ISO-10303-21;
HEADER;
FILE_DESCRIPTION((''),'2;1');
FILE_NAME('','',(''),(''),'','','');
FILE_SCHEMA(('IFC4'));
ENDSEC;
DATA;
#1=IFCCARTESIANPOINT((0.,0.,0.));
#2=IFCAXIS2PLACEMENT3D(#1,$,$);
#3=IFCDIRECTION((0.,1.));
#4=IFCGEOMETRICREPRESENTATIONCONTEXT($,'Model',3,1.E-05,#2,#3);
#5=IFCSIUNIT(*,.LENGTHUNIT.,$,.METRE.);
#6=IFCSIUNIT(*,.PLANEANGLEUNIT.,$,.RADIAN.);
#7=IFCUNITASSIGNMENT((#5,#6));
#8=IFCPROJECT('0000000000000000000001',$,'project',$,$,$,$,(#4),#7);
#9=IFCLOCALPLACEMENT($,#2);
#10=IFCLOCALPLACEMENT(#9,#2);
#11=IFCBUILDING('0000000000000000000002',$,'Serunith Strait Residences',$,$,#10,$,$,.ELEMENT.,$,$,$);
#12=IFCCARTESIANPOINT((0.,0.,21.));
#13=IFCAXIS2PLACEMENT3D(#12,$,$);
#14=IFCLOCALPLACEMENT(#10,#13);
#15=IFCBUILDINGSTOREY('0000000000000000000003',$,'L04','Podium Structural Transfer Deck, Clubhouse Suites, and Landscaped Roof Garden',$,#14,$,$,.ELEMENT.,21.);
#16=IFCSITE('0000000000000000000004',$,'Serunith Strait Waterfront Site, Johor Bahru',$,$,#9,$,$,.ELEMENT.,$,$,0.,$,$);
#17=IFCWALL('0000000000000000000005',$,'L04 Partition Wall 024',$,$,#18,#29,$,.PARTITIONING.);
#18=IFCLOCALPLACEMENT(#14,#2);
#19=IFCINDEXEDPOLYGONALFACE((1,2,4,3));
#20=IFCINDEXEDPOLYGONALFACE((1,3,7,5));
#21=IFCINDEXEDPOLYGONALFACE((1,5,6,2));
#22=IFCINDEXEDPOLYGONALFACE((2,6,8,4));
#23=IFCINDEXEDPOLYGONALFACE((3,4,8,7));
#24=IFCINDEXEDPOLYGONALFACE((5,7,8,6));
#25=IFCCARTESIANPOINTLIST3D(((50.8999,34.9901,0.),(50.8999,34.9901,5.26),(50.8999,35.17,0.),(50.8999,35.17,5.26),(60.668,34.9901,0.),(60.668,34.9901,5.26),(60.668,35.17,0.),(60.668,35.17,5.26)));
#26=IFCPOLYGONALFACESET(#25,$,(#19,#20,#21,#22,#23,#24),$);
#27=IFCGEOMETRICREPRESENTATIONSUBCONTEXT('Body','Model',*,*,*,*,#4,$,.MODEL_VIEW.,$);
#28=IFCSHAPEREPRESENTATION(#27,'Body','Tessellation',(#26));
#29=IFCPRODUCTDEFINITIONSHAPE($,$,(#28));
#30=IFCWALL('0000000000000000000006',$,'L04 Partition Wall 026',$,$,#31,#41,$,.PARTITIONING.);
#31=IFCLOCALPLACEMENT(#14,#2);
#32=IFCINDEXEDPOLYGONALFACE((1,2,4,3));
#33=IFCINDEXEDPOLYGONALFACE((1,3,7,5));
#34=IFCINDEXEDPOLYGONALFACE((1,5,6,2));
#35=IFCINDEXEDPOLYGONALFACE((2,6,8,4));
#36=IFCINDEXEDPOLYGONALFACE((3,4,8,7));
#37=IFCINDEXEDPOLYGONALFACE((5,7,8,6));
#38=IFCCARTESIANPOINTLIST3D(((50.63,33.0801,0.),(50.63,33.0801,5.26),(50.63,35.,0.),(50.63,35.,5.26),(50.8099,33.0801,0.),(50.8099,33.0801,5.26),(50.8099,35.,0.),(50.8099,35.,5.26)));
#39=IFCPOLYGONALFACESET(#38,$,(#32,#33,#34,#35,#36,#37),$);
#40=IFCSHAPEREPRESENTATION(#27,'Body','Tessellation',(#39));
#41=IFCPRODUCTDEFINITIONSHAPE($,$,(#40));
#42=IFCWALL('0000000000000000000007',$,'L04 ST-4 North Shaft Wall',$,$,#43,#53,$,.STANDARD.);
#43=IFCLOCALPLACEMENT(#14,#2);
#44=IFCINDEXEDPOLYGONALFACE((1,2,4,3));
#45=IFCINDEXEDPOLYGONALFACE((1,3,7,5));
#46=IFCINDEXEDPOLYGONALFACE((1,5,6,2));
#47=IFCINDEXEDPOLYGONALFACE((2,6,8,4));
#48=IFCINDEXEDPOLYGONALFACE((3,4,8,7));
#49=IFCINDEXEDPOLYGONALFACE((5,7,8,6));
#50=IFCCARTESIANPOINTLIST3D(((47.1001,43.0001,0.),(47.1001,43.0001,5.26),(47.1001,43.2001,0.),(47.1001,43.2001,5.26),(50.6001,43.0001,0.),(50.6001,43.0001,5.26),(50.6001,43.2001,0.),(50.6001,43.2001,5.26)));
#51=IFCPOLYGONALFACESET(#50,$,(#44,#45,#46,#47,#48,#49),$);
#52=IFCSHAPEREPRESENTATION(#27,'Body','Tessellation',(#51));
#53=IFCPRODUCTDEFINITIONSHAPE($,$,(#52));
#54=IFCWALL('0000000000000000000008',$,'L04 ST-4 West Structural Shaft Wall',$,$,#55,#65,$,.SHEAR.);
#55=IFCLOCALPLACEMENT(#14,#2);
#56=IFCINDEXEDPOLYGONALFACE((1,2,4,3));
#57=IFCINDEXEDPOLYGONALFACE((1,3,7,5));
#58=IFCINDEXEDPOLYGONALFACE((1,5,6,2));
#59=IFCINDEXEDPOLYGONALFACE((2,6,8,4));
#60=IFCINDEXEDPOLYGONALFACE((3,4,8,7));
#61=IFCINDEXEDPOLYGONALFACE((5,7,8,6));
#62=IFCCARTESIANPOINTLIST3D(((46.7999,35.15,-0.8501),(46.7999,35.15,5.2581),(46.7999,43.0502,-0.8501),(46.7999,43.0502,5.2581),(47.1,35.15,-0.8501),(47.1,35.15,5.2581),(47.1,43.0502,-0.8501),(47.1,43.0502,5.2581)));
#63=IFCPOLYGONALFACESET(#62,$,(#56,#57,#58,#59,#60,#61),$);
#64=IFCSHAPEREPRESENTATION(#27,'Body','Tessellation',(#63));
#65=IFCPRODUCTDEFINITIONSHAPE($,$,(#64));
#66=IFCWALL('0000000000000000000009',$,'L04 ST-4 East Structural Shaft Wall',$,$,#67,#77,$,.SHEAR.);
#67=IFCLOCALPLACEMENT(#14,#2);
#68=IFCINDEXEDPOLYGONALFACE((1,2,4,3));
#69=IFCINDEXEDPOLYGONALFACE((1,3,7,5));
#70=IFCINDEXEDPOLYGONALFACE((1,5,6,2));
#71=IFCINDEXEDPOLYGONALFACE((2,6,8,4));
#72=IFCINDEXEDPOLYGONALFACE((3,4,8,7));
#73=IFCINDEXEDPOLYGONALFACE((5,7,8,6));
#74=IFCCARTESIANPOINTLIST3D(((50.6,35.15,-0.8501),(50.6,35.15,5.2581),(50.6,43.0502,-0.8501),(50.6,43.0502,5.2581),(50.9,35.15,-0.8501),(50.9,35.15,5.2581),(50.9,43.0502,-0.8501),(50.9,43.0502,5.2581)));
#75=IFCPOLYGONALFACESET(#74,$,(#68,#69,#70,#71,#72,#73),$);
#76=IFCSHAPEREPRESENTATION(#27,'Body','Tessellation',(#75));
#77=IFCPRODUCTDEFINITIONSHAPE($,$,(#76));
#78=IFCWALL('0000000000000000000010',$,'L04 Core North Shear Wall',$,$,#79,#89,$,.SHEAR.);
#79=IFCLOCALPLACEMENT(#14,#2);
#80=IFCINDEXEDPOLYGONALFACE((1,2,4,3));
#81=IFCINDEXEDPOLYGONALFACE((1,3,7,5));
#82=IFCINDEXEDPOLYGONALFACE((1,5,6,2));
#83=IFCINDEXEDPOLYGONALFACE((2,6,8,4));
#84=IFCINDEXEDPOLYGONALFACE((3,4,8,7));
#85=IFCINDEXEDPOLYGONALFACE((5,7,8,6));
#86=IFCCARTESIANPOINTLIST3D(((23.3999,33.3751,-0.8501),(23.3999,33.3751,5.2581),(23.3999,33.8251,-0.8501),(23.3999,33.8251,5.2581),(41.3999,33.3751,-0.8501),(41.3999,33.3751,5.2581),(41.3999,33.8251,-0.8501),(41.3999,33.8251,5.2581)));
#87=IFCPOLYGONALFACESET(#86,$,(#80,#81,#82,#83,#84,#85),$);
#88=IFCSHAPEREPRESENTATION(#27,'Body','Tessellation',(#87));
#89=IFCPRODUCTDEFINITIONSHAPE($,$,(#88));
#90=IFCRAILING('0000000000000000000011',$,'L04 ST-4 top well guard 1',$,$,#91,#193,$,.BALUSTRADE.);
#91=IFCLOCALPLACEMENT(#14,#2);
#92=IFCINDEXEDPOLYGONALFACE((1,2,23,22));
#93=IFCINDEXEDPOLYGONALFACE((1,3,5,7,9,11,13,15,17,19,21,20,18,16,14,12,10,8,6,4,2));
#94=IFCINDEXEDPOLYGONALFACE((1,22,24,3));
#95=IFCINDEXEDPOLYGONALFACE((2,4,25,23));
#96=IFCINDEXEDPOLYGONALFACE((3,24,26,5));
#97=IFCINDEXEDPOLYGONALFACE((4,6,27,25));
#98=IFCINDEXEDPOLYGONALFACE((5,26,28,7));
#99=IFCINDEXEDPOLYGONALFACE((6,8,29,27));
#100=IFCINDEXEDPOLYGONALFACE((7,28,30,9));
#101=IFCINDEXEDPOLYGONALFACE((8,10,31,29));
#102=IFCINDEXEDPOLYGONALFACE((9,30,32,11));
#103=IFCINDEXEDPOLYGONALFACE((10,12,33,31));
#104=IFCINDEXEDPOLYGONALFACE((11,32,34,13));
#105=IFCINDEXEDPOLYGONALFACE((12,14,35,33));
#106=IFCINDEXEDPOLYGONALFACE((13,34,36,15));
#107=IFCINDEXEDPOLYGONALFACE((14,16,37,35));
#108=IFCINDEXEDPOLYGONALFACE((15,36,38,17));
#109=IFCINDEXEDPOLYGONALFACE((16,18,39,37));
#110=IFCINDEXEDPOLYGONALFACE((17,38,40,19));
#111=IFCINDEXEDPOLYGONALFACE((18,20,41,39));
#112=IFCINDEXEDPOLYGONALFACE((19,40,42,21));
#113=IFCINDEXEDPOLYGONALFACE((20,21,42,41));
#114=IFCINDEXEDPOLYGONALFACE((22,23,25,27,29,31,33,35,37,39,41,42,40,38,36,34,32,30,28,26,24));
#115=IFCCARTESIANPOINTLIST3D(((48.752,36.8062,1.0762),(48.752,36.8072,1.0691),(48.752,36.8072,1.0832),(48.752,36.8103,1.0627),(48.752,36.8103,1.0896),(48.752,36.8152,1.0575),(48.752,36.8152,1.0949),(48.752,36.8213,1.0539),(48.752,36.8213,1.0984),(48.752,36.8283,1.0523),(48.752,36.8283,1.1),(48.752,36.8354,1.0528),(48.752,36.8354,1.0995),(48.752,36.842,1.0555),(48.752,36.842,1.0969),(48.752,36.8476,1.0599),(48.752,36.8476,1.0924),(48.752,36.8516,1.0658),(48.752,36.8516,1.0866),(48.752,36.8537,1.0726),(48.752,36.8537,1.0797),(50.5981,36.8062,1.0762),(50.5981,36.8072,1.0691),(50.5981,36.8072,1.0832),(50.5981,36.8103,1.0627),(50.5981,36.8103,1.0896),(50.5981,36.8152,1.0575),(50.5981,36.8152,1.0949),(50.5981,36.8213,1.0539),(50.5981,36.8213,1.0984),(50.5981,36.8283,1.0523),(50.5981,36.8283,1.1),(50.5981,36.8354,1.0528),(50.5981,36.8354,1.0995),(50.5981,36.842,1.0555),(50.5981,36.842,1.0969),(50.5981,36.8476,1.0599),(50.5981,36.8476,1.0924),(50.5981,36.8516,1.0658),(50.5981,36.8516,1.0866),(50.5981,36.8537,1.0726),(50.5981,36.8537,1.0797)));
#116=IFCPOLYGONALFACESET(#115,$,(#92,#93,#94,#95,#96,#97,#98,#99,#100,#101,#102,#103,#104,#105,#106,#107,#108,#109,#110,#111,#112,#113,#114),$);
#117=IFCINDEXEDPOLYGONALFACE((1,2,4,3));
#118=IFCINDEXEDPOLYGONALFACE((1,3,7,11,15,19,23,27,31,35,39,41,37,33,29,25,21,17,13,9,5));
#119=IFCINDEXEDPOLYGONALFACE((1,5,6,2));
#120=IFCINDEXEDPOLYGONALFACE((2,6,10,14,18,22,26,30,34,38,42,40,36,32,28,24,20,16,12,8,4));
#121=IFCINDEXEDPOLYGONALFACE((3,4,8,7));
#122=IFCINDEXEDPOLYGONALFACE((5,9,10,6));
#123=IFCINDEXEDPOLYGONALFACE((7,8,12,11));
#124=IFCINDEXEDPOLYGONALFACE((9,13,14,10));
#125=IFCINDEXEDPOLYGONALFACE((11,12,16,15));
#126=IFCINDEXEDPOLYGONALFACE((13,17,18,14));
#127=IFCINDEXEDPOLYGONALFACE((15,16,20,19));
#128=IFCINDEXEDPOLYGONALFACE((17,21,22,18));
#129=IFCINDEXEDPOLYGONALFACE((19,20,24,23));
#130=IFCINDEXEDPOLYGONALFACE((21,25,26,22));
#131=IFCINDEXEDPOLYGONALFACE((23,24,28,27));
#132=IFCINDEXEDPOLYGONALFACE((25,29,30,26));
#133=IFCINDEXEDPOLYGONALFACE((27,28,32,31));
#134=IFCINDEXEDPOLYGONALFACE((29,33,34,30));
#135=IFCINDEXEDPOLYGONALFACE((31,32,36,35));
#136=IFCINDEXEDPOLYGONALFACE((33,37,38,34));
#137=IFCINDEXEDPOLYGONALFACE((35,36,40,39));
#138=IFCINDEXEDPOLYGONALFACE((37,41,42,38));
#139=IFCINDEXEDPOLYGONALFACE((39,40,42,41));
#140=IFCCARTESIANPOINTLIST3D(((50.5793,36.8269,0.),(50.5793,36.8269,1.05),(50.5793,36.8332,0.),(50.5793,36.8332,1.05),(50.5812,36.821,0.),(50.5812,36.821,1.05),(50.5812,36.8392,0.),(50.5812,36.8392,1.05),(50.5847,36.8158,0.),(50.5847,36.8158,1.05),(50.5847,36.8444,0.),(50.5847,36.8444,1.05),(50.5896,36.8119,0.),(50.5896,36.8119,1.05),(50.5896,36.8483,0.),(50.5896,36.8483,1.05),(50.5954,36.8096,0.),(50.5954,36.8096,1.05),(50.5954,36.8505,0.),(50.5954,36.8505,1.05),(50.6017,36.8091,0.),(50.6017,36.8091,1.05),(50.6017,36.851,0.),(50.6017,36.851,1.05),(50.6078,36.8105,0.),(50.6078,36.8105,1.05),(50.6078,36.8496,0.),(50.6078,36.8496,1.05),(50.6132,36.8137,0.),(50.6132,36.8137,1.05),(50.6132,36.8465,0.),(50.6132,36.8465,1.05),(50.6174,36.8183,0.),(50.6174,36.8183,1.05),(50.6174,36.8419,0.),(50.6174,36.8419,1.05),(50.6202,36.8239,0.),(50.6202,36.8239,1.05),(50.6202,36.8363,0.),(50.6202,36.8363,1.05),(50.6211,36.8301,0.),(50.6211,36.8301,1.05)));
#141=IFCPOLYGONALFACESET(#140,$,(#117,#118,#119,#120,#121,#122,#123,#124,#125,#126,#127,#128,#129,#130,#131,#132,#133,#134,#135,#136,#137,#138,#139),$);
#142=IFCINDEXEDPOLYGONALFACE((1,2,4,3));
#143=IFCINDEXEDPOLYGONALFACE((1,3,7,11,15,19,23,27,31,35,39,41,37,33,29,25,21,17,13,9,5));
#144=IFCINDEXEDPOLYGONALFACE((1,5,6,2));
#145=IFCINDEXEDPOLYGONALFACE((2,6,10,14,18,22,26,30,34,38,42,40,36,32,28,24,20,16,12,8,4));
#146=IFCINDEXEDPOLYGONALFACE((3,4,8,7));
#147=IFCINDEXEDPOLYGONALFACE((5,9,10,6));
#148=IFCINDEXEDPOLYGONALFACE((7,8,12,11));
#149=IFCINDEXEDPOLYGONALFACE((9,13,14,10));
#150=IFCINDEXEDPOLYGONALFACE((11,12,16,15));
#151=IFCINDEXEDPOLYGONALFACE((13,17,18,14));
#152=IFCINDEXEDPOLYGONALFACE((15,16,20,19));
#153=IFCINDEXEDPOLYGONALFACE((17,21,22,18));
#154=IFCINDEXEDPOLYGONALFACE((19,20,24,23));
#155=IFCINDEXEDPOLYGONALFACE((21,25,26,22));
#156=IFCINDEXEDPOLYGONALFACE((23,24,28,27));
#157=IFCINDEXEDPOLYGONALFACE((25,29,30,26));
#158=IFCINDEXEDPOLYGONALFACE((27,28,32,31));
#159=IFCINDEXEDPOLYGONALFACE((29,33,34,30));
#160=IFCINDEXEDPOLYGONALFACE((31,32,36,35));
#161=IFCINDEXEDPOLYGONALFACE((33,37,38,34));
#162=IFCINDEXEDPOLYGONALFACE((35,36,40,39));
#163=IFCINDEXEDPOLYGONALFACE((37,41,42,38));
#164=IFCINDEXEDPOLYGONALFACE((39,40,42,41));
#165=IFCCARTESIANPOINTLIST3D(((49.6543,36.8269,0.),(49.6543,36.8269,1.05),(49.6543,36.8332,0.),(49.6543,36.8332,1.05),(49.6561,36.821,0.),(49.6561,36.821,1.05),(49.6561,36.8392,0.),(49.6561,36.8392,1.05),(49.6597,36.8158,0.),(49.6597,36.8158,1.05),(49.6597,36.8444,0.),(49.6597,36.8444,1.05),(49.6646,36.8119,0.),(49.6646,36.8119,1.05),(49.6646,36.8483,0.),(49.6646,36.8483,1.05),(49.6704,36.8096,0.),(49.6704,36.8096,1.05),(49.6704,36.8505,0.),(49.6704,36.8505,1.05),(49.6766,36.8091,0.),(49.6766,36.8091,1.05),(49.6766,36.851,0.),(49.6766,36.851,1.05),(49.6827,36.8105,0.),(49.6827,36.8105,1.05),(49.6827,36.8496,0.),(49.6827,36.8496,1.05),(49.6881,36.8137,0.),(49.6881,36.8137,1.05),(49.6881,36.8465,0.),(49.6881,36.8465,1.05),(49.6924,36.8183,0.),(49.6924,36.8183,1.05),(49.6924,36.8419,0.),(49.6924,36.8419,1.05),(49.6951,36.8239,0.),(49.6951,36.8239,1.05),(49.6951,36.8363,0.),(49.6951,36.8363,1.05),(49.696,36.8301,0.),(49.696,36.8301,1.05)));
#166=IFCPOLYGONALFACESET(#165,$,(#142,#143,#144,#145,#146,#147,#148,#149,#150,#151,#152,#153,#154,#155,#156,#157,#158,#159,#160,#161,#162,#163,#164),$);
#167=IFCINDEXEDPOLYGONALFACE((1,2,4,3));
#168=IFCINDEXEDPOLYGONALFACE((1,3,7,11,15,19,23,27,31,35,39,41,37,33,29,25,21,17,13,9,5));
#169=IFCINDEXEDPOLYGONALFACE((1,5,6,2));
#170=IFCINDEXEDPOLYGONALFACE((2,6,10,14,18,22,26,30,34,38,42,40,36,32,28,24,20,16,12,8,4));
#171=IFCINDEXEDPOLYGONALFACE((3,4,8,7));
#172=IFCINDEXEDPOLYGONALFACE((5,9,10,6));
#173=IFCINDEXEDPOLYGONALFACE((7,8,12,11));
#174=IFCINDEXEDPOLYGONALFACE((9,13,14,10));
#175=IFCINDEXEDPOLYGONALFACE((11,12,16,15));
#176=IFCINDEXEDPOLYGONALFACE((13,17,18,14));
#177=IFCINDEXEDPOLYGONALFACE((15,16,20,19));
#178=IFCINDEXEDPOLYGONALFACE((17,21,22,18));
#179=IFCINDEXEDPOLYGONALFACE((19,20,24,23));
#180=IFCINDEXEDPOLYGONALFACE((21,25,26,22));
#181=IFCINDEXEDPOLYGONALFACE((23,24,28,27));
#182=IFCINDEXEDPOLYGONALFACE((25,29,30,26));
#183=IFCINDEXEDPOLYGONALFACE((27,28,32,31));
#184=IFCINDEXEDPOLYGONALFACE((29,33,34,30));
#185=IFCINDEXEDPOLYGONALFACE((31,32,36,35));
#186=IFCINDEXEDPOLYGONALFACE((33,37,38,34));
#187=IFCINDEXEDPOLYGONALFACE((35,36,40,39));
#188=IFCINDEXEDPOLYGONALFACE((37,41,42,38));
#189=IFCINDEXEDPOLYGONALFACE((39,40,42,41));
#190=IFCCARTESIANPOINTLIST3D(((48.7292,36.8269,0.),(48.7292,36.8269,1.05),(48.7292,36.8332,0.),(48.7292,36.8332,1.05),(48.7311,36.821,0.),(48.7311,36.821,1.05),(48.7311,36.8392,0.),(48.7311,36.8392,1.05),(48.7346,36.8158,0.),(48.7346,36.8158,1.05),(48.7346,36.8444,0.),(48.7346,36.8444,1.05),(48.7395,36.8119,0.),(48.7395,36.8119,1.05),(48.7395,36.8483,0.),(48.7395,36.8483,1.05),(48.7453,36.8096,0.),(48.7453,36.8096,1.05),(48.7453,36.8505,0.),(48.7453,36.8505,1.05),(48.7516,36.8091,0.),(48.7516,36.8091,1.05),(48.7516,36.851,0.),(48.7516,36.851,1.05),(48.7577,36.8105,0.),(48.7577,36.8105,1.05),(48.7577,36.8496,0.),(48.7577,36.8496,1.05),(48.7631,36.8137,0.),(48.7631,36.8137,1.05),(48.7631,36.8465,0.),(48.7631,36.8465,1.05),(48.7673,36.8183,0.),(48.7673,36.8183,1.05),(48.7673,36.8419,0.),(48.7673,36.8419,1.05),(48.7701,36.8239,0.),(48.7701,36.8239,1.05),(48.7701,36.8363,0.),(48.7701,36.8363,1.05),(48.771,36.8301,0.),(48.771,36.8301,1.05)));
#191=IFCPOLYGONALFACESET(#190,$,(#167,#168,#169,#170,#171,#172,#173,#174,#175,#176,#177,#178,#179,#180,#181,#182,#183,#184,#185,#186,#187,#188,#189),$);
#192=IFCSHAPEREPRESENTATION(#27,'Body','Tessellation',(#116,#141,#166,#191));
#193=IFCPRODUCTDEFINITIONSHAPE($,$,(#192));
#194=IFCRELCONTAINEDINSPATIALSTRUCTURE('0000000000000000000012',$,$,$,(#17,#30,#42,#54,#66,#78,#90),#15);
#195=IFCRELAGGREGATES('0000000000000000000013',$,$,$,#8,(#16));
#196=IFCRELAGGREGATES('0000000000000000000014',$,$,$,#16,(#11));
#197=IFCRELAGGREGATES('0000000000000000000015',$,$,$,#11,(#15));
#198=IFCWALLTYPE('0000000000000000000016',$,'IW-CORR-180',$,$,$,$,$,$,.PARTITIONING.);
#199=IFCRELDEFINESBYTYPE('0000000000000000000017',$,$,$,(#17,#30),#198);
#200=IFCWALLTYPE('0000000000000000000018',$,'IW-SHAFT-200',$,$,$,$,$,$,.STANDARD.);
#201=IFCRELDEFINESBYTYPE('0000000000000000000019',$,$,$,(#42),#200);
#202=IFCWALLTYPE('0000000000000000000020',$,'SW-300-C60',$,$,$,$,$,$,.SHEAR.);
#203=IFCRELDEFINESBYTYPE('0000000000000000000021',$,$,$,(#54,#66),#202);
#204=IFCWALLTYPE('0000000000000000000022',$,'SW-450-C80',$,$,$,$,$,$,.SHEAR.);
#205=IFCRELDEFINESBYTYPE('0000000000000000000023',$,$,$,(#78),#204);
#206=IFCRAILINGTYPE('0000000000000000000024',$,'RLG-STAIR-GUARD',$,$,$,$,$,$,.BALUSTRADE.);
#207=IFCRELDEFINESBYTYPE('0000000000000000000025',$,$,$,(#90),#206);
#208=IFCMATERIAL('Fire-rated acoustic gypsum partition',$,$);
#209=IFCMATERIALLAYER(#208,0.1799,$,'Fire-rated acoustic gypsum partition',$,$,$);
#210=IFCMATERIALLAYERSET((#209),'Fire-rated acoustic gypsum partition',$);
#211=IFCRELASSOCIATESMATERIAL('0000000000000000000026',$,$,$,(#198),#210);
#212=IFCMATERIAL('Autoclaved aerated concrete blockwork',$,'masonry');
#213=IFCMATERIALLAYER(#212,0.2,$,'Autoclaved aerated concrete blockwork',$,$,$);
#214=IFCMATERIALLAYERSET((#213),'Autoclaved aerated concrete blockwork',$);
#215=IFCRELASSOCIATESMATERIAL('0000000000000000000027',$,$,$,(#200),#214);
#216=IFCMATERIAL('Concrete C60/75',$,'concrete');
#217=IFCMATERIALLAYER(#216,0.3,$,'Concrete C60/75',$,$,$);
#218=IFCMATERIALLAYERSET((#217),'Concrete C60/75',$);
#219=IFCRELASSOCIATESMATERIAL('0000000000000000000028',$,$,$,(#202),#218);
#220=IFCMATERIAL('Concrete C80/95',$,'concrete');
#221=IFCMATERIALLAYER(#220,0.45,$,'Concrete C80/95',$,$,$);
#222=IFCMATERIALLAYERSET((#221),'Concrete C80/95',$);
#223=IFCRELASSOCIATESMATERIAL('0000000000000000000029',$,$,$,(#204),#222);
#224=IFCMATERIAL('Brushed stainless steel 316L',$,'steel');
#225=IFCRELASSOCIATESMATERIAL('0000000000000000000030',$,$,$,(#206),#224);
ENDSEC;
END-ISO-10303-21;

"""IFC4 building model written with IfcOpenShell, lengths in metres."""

from ifc_helpers import new_model, si_unit, direction, frame, frame_2d, origin, origin_2d, place, context, subcontext, project, spatial, rectangle, circle, extrude, material, layer, layer_set, type_object, element, save


model = new_model("IFC4")

# Units and contexts
model_context = context("Model", 3, precision=1e-05, world=origin(), true_north=direction((0.0, 1.0)))
body_context = subcontext(model_context, "Body", "Model", "MODEL_VIEW")
ifc_project = project(units=[si_unit("LENGTHUNIT", "METRE"), si_unit("PLANEANGLEUNIT", "RADIAN")], contexts=[model_context])

# Site, building, storey
site_placement = place(None, origin())
site = spatial("IfcSite", under=ifc_project, at=site_placement, Name="Serunith Strait Waterfront Site, Johor Bahru", CompositionType="ELEMENT", RefElevation=0.0)
building_placement = place(site_placement, origin())
building = spatial("IfcBuilding", under=site, at=building_placement, Name="Serunith Strait Residences", CompositionType="ELEMENT")
storey_placement = place(building_placement, frame((0.0, 0.0, 21.0)))
storey = spatial("IfcBuildingStorey", under=building, at=storey_placement, Name="L04", Description="Podium Structural Transfer Deck, Clubhouse Suites, and Landscaped Roof Garden", CompositionType="ELEMENT", Elevation=21.0)

# Shared definitions
ifc_material_1 = material(Name="Concrete C80/95", Category="concrete")

# Walls
ifc_material_2 = material(Name="Fire-rated acoustic gypsum partition")
ifc_layer_1 = layer(ifc_material_2, 0.1799, Name="Fire-rated acoustic gypsum partition")
ifc_layer_set_1 = layer_set([ifc_layer_1], Name="Fire-rated acoustic gypsum partition")
wall_type_1 = type_object("IfcWallType", Name="IW-CORR-180", PredefinedType="PARTITIONING", material=ifc_layer_set_1)
wall_1_placement = place(storey_placement, frame((50.8999, 35.0801, 0.0), z_axis=(0.0, 0.0, 1.0), x_axis=(1.0, 0.0, 0.0)))
element("IfcWall", 1, at=wall_1_placement, inside=storey, type_object=wall_type_1, Name="L04 Partition Wall 024", PredefinedType="PARTITIONING", context=body_context, shape_type="SweptSolid", body=[
    extrude(rectangle(XDim=9.7681, YDim=0.1799, at=frame_2d((4.884, 0.0))), origin(), (0.0, 0.0, 1.0), 5.26),
])
wall_2_placement = place(storey_placement, frame((50.72, 33.0801, 0.0), z_axis=(0.0, 0.0, 1.0), x_axis=(0.0, 1.0, 0.0)))
element("IfcWall", 2, at=wall_2_placement, inside=storey, type_object=wall_type_1, Name="L04 Partition Wall 026", PredefinedType="PARTITIONING", context=body_context, shape_type="SweptSolid", body=[
    extrude(rectangle(XDim=1.9199, YDim=0.1799, at=frame_2d((0.96, 0.0))), origin(), (0.0, 0.0, 1.0), 5.26),
])

# Shared definitions
ifc_material_3 = material(Name="Autoclaved aerated concrete blockwork", Category="masonry")
ifc_layer_2 = layer(ifc_material_3, 0.2, Name="Autoclaved aerated concrete blockwork")
ifc_layer_set_2 = layer_set([ifc_layer_2], Name="Autoclaved aerated concrete blockwork")
wall_type_2 = type_object("IfcWallType", Name="IW-SHAFT-200", PredefinedType="STANDARD", material=ifc_layer_set_2)

# Walls
wall_3_placement = place(storey_placement, frame((47.1001, 43.1001, 0.0), z_axis=(0.0, 0.0, 1.0), x_axis=(1.0, 0.0, 0.0)))
element("IfcWall", 3, at=wall_3_placement, inside=storey, type_object=wall_type_2, Name="L04 ST-4 North Shaft Wall", PredefinedType="STANDARD", context=body_context, shape_type="SweptSolid", body=[
    extrude(rectangle(XDim=3.5, YDim=0.2, at=frame_2d((1.75, 0.0))), origin(), (0.0, 0.0, 1.0), 5.26),
])
ifc_material_4 = material(Name="Concrete C60/75", Category="concrete")
ifc_layer_3 = layer(ifc_material_4, 0.3, Name="Concrete C60/75")
ifc_layer_set_3 = layer_set([ifc_layer_3], Name="Concrete C60/75")
wall_type_3 = type_object("IfcWallType", Name="SW-300-C60", PredefinedType="SHEAR", material=ifc_layer_set_3)
for number, where, z_axis, x_axis, name in (
    (4, (46.95, 35.1499, -0.8501), (0.0, 0.0, 1.0), (0.0, 1.0, 0.0), "L04 ST-4 West Structural Shaft Wall"),
    (5, (50.75, 35.1499, -0.8501), (0.0, 0.0, 1.0), (0.0, 1.0, 0.0), "L04 ST-4 East Structural Shaft Wall"),
):
    element("IfcWall", number, at=place(storey_placement, frame(where, z_axis=z_axis, x_axis=x_axis)), inside=storey, type_object=wall_type_3, Name=name, PredefinedType="SHEAR", context=body_context, shape_type="SweptSolid", body=[
        extrude(rectangle(XDim=7.9001, YDim=0.3, at=frame_2d((3.9502, 0.0))), origin(), (0.0, 0.0, 1.0), 6.1082),
    ])
ifc_layer_4 = layer(ifc_material_1, 0.45, Name="Concrete C80/95")
ifc_layer_set_4 = layer_set([ifc_layer_4], Name="Concrete C80/95")
wall_type_4 = type_object("IfcWallType", Name="SW-450-C80", PredefinedType="SHEAR", material=ifc_layer_set_4)
wall_4_placement = place(storey_placement, frame((41.3999, 33.6001, -0.8501), z_axis=(0.0, 0.0, 1.0), x_axis=(-1.0, 0.0, 0.0)))
element("IfcWall", 6, at=wall_4_placement, inside=storey, type_object=wall_type_4, Name="L04 Core North Shear Wall", PredefinedType="SHEAR", context=body_context, shape_type="SweptSolid", body=[
    extrude(rectangle(XDim=18.0, YDim=0.45, at=frame_2d((9.0, 0.0))), origin(), (0.0, 0.0, 1.0), 6.1082),
])

# Railing
ifc_material_5 = material(Name="Brushed stainless steel 316L", Category="steel")
railing_type = type_object("IfcRailingType", Name="RLG-STAIR-GUARD", PredefinedType="BALUSTRADE", material=ifc_material_5)
railing_1_placement = place(storey_placement, frame((50.6001, 36.8301, 0.0)))
element("IfcRailing", 7, at=railing_1_placement, inside=storey, type_object=railing_type, Name="L04 ST-4 top well guard 1", PredefinedType="BALUSTRADE", context=body_context, shape_type="SweptSolid", body=[
    extrude(circle(Radius=0.0239, at=origin_2d()), frame((-0.002, 0.0, 1.0762), z_axis=(-1.0, 0.0, 0.0), x_axis=(0.0, -1.0, 0.0)), (0.0, 0.0, 1.0), 1.8462),
    extrude(circle(Radius=0.021, at=origin_2d()), origin(), (0.0, 0.0, 1.0), 1.05),
    extrude(circle(Radius=0.021, at=origin_2d()), frame((-0.925, 0.0, 0.0)), (0.0, 0.0, 1.0), 1.05),
    extrude(circle(Radius=0.021, at=origin_2d()), frame((-1.8501, 0.0, 0.0)), (0.0, 0.0, 1.0), 1.05),
])

save(model, "model.ifc")
